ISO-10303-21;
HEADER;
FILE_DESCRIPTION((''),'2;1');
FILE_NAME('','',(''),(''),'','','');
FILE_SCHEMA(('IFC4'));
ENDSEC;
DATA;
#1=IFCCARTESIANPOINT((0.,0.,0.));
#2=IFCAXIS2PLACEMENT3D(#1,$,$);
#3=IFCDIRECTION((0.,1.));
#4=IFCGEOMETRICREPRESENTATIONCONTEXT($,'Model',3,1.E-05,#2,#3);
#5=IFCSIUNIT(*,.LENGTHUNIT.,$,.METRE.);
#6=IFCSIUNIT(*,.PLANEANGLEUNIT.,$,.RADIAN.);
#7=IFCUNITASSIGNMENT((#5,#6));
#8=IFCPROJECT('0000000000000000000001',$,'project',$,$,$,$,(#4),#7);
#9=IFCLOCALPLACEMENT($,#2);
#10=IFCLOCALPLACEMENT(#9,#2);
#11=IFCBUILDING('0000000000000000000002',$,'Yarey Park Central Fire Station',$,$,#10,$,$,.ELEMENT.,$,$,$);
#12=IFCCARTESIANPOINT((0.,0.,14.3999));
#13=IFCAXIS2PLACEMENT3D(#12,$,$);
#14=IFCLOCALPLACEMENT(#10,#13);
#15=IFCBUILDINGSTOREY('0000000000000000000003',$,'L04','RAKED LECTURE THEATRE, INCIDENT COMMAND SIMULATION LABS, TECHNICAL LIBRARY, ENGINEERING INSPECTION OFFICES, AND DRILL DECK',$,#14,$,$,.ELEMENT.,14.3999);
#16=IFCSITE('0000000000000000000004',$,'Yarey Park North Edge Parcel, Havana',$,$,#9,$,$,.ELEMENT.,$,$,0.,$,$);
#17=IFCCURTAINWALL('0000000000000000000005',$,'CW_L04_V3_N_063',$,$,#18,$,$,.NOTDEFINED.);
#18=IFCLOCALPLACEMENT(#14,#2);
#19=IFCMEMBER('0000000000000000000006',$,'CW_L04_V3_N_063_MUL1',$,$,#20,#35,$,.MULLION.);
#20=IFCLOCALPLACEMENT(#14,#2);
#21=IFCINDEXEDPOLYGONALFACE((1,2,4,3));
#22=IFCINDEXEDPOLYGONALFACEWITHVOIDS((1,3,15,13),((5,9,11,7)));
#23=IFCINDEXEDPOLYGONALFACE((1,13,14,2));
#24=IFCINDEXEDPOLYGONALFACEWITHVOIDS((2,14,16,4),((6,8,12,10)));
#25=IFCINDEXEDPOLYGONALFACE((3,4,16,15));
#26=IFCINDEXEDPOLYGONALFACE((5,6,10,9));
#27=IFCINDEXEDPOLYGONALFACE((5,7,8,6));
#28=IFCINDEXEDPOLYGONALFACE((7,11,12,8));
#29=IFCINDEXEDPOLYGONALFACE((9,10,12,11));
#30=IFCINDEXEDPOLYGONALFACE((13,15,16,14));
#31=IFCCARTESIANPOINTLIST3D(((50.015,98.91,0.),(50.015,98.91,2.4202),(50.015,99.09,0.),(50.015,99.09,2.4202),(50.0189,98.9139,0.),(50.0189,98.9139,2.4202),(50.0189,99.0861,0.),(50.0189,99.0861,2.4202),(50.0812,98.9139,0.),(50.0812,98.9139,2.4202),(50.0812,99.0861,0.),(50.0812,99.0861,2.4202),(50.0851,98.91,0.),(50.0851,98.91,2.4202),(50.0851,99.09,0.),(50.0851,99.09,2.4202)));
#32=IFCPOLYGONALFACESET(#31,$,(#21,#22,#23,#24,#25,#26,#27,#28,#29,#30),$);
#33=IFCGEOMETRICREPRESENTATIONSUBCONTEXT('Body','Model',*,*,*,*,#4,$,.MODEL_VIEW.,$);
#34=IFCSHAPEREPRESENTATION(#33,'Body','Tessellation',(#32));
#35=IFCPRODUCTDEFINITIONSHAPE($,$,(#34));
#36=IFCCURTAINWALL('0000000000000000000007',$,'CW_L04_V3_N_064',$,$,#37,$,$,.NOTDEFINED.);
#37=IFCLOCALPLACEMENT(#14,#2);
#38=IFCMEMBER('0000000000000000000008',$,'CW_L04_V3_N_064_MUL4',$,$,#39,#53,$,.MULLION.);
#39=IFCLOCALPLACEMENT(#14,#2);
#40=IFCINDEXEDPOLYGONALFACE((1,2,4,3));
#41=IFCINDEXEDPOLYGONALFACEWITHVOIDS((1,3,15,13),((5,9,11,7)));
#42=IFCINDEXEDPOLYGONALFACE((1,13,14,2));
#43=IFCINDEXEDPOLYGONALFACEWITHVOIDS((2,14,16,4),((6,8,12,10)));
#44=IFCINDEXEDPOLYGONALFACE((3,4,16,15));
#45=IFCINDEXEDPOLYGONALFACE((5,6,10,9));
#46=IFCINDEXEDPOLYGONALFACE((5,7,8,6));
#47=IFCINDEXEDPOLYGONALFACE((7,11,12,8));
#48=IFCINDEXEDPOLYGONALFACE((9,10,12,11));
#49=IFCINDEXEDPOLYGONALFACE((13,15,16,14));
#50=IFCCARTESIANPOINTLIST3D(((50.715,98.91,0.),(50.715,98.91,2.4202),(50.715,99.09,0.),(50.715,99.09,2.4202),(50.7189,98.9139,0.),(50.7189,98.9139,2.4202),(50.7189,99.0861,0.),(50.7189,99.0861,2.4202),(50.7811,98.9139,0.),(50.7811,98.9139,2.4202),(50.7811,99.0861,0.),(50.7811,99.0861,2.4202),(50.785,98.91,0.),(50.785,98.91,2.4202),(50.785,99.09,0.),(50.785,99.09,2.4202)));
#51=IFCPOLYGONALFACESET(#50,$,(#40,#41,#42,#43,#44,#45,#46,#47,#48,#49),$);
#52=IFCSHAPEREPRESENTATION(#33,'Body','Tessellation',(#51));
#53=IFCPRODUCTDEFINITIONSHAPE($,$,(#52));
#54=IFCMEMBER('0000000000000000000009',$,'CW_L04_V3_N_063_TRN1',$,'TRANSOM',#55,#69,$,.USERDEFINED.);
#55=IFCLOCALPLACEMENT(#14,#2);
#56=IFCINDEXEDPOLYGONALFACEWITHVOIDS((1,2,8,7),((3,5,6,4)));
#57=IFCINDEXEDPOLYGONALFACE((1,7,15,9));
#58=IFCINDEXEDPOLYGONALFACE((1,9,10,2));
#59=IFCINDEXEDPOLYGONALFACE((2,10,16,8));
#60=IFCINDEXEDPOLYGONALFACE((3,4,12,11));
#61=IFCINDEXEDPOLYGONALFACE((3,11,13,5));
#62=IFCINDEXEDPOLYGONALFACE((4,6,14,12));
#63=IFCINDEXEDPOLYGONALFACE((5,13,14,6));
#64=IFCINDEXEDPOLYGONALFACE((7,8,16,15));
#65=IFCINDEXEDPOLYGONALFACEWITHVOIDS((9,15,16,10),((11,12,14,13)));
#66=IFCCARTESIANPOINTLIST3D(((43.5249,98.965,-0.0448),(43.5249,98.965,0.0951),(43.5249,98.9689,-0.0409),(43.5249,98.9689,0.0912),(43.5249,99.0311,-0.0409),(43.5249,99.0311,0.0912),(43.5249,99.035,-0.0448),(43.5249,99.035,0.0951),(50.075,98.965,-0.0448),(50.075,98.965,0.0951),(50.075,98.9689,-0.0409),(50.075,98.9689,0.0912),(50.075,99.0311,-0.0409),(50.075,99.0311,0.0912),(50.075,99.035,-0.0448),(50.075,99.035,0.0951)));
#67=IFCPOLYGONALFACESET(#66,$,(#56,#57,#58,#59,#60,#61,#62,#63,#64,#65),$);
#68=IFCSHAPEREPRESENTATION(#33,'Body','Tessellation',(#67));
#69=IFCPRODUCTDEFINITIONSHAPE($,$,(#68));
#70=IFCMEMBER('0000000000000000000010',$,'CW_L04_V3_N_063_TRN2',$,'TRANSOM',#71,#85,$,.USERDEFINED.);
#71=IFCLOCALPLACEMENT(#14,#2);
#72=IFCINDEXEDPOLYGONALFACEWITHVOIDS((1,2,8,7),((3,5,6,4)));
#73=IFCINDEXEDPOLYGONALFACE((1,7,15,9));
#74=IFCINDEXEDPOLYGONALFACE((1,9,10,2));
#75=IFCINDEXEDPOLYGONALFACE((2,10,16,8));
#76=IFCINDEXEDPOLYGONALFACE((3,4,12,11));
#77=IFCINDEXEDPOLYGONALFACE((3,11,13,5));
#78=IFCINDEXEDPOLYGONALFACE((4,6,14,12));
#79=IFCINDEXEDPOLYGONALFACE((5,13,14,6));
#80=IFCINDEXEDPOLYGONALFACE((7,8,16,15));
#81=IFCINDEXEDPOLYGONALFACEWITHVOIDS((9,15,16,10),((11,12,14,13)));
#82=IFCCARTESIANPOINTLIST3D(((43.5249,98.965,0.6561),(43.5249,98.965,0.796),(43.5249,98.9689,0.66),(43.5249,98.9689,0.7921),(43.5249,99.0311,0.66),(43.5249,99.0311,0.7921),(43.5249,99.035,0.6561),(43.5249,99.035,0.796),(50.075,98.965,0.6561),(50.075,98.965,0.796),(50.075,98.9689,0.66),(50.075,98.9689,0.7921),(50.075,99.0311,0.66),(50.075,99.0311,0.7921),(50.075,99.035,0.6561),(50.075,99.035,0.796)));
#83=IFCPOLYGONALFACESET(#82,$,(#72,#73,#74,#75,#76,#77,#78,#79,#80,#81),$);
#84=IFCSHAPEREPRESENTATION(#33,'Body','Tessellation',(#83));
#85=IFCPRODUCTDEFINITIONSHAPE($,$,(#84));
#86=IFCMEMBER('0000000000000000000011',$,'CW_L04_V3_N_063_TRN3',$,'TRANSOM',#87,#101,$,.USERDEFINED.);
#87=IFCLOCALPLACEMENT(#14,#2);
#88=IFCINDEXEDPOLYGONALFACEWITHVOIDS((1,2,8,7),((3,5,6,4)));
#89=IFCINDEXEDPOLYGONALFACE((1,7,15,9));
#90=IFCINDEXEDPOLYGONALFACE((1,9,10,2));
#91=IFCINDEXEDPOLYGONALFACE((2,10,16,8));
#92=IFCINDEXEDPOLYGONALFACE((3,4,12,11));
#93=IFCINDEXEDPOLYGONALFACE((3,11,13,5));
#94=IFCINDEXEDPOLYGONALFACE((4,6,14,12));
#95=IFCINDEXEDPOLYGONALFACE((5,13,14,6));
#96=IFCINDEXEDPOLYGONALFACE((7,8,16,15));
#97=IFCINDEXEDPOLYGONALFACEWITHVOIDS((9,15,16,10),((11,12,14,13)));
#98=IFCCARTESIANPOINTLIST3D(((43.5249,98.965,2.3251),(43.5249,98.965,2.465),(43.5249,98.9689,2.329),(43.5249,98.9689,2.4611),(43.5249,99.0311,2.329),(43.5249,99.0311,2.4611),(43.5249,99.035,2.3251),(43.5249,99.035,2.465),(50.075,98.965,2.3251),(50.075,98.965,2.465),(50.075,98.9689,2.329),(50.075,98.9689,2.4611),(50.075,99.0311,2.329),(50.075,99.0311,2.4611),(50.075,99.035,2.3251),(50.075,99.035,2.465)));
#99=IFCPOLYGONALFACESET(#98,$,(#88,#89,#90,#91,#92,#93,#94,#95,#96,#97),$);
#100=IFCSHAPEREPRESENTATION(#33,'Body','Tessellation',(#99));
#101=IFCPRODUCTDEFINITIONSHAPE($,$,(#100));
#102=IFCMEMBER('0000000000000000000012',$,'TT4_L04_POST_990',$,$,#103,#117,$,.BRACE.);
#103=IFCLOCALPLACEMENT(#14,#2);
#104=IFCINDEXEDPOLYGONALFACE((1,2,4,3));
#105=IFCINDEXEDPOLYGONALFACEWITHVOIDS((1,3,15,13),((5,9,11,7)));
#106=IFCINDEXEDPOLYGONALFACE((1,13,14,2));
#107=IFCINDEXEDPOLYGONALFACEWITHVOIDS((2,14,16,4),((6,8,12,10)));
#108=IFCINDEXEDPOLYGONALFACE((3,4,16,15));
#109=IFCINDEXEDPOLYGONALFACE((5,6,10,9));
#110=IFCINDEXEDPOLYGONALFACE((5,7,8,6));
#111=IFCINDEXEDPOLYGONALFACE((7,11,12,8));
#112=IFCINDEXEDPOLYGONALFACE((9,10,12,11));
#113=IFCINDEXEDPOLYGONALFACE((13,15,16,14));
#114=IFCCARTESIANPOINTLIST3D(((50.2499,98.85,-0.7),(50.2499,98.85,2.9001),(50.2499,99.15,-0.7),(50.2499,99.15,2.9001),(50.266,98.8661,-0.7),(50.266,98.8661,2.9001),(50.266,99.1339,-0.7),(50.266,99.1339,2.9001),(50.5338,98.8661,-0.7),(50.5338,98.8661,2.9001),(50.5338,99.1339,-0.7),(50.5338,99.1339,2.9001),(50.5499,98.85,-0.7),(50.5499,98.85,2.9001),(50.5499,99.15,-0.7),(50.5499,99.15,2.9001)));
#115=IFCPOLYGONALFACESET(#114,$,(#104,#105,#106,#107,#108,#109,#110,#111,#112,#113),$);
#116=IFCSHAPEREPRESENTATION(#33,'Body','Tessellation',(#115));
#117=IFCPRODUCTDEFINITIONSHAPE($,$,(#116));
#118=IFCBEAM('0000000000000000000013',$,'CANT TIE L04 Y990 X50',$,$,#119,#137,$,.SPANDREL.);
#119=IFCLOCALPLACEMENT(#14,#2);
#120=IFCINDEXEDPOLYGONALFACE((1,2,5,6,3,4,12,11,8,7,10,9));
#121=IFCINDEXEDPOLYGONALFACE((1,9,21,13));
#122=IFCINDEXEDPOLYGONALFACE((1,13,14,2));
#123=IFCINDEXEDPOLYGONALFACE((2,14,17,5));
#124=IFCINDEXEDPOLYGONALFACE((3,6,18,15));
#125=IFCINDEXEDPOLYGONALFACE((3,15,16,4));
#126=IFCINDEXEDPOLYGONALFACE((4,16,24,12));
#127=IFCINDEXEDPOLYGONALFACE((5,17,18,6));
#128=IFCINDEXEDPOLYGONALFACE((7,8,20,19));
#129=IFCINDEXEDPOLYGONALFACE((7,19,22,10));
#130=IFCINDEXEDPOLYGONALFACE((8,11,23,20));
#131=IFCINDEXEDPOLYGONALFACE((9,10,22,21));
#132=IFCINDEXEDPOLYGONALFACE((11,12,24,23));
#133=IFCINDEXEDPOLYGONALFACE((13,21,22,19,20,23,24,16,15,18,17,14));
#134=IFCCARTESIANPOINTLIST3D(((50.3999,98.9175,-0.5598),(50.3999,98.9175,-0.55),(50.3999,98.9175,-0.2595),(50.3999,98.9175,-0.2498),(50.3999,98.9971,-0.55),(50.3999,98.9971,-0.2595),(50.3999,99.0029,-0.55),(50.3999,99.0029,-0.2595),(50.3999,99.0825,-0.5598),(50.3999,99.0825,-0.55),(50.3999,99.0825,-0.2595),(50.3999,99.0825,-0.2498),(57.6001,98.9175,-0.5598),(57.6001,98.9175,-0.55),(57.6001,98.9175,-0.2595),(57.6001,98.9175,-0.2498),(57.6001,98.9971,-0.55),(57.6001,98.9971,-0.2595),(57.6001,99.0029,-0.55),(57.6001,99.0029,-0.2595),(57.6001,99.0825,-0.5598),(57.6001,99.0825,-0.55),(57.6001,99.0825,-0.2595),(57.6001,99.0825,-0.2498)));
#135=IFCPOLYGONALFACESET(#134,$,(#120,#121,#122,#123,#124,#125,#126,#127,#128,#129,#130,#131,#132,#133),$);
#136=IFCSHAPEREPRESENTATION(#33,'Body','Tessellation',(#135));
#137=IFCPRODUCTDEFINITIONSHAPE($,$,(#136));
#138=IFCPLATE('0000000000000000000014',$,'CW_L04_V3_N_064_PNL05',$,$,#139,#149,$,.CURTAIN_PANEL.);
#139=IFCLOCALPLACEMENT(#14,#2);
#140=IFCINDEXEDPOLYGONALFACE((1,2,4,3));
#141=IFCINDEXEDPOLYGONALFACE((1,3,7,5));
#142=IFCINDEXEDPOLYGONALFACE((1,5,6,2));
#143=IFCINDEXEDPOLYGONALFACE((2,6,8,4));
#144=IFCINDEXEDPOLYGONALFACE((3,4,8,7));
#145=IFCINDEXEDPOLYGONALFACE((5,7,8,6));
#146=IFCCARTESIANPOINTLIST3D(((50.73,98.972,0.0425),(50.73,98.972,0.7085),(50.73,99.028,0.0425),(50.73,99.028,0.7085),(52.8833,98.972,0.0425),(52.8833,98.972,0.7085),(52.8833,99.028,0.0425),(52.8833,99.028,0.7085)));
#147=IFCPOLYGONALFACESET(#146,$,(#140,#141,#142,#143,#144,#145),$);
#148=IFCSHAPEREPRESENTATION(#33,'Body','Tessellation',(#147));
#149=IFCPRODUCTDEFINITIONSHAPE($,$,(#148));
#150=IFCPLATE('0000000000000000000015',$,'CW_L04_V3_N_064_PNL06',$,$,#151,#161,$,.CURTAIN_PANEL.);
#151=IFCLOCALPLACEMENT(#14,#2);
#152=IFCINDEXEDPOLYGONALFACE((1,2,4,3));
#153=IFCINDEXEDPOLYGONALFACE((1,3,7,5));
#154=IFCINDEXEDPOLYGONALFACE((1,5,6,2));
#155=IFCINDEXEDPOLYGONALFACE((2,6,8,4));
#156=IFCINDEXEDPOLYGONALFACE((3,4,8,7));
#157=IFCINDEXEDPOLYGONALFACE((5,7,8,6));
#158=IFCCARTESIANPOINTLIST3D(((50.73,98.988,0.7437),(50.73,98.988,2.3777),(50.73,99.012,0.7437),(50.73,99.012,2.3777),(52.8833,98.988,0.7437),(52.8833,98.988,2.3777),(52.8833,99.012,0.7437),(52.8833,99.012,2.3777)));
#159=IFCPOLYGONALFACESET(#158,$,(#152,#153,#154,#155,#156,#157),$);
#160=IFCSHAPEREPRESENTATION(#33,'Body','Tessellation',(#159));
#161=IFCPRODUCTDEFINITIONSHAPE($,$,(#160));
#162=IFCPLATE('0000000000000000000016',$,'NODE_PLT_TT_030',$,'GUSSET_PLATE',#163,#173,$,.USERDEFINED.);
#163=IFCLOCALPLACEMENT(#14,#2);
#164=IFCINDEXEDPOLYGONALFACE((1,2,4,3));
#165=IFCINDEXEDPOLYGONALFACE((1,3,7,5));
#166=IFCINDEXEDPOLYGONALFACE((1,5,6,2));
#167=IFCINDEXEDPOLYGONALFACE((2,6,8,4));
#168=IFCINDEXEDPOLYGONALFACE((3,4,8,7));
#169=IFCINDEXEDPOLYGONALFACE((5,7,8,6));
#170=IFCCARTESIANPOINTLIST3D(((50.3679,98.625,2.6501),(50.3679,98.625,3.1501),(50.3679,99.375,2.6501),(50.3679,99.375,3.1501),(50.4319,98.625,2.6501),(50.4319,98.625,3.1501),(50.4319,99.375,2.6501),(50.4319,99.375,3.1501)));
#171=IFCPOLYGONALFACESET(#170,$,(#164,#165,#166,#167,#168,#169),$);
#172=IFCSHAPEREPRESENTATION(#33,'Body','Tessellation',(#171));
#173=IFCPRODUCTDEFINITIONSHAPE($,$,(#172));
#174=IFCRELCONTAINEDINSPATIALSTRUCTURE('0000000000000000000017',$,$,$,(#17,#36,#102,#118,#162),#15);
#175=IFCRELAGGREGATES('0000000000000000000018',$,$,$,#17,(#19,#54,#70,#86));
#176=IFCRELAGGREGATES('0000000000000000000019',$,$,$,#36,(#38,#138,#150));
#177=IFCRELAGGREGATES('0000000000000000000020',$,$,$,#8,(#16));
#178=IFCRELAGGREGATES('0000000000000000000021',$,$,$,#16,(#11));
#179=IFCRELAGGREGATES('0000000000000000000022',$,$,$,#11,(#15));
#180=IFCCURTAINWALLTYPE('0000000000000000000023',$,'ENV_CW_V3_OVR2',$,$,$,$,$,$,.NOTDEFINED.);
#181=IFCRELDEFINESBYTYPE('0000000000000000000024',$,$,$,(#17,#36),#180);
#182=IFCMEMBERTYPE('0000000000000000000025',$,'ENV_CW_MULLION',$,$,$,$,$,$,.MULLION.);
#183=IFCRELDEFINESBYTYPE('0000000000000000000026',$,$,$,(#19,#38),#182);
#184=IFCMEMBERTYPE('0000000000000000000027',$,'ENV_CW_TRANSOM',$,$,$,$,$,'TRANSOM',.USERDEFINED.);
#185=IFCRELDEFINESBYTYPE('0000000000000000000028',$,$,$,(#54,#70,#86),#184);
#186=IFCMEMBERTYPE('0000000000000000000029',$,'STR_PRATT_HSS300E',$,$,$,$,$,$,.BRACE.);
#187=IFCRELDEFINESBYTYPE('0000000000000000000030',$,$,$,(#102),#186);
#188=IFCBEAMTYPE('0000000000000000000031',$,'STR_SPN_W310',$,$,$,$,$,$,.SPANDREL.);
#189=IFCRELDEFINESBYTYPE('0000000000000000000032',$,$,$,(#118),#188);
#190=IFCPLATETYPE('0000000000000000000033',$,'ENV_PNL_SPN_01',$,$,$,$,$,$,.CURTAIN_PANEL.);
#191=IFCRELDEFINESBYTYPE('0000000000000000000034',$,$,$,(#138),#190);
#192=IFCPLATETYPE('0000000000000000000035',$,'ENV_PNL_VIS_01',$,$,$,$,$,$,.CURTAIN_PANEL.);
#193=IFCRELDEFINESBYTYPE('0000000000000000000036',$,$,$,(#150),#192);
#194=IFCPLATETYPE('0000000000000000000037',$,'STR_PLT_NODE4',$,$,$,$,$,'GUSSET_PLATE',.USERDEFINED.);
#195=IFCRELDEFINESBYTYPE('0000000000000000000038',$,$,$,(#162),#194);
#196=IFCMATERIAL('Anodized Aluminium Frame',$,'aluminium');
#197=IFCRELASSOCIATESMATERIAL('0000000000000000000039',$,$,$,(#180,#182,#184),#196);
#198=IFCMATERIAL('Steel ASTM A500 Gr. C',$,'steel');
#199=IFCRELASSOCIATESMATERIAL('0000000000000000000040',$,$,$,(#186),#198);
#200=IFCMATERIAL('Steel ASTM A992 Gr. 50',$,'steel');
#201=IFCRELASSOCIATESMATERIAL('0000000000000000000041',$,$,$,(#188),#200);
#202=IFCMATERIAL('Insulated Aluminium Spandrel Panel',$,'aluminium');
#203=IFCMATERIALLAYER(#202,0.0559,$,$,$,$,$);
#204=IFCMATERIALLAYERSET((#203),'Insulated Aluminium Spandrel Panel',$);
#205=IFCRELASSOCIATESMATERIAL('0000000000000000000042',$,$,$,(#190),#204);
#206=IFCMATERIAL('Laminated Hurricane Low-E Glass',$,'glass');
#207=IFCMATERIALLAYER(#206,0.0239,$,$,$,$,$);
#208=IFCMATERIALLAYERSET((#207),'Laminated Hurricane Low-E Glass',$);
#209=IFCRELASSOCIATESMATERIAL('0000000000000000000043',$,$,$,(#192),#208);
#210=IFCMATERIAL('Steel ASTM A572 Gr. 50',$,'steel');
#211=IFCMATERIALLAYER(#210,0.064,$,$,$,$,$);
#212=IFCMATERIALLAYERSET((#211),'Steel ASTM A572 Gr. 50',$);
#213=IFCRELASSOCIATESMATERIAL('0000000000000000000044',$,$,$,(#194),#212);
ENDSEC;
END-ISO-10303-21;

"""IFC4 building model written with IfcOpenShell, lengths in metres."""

from ifc_helpers import new_model, si_unit, direction, frame, origin, origin_2d, place, context, subcontext, project, spatial, rectangle, hollow_rectangle, i_section, extrude, material, layer, layer_set, material_profile, profile_set, type_object, element, aggregate, save


model = new_model("IFC4")

# Units and contexts
model_context = context("Model", 3, precision=1e-05, world=origin(), true_north=direction((0.0, 1.0)))
body_context = subcontext(model_context, "Body", "Model", "MODEL_VIEW")
ifc_project = project(units=[si_unit("LENGTHUNIT", "METRE"), si_unit("PLANEANGLEUNIT", "RADIAN")], contexts=[model_context])

# Site, building, storey
site_placement = place(None, origin())
site = spatial("IfcSite", under=ifc_project, at=site_placement, Name="Yarey Park North Edge Parcel, Havana", CompositionType="ELEMENT", RefElevation=0.0)
building_placement = place(site_placement, origin())
building = spatial("IfcBuilding", under=site, at=building_placement, Name="Yarey Park Central Fire Station", CompositionType="ELEMENT")
storey_placement = place(building_placement, frame((0.0, 0.0, 14.3999)))
storey = spatial("IfcBuildingStorey", under=building, at=storey_placement, Name="L04", Description="RAKED LECTURE THEATRE, INCIDENT COMMAND SIMULATION LABS, TECHNICAL LIBRARY, ENGINEERING INSPECTION OFFICES, AND DRILL DECK", CompositionType="ELEMENT", Elevation=14.3999)

# Curtain walls, members
ifc_material_1 = material(Name="Anodized Aluminium Frame", Category="aluminium")
curtain_wall_type = type_object("IfcCurtainWallType", Name="ENV_CW_V3_OVR2", PredefinedType="NOTDEFINED", material=ifc_material_1)
curtain_wall_1_placement = place(storey_placement, origin())
curtain_wall_1 = element("IfcCurtainWall", 1, at=curtain_wall_1_placement, inside=storey, type_object=curtain_wall_type, Name="CW_L04_V3_N_063", PredefinedType="NOTDEFINED")
ifc_material_profile_1 = material_profile(ifc_material_1, hollow_rectangle(XDim=0.0701, YDim=0.1799, WallThickness=0.0039, at=origin_2d()), Name="ALU 180x70x4")
ifc_profile_set_1 = profile_set([ifc_material_profile_1], Name="Anodized Aluminium Frame")
member_type_1 = type_object("IfcMemberType", Name="ENV_CW_MULLION", PredefinedType="MULLION", material=ifc_profile_set_1)
member_1_placement = place(storey_placement, frame((50.05, 99.0, 0.0), z_axis=(0.0, 0.0, 1.0), x_axis=(1.0, 0.0, 0.0)))
member_1 = element("IfcMember", 2, at=member_1_placement, type_object=member_type_1, Name="CW_L04_V3_N_063_MUL1", PredefinedType="MULLION", context=body_context, shape_type="SweptSolid", body=[
    extrude(hollow_rectangle(XDim=0.0701, YDim=0.1799, WallThickness=0.0039, at=origin_2d()), origin(), (0.0, 0.0, 1.0), 2.4202),
])
curtain_wall_2_placement = place(storey_placement, origin())
curtain_wall_2 = element("IfcCurtainWall", 3, at=curtain_wall_2_placement, inside=storey, type_object=curtain_wall_type, Name="CW_L04_V3_N_064", PredefinedType="NOTDEFINED")
member_2_placement = place(storey_placement, frame((50.75, 99.0, 0.0), z_axis=(0.0, 0.0, 1.0), x_axis=(1.0, 0.0, 0.0)))
member_2 = element("IfcMember", 4, at=member_2_placement, type_object=member_type_1, Name="CW_L04_V3_N_064_MUL4", PredefinedType="MULLION", context=body_context, shape_type="SweptSolid", body=[
    extrude(hollow_rectangle(XDim=0.0701, YDim=0.1799, WallThickness=0.0039, at=origin_2d()), origin(), (0.0, 0.0, 1.0), 2.4202),
])

# Members
ifc_material_profile_2 = material_profile(ifc_material_1, hollow_rectangle(XDim=0.0701, YDim=0.1399, WallThickness=0.0039, at=origin_2d()), Name="ALU 140x70x4")
ifc_profile_set_2 = profile_set([ifc_material_profile_2], Name="Anodized Aluminium Frame")
member_type_2 = type_object("IfcMemberType", Name="ENV_CW_TRANSOM", ElementType="TRANSOM", PredefinedType="USERDEFINED", material=ifc_profile_set_2)
member_3_placement = place(storey_placement, frame((50.075, 99.0, 0.0251), z_axis=(-1.0, 0.0, 0.0), x_axis=(0.0, -1.0, 0.0)))
member_3 = element("IfcMember", 5, at=member_3_placement, type_object=member_type_2, Name="CW_L04_V3_N_063_TRN1", ObjectType="TRANSOM", PredefinedType="USERDEFINED", context=body_context, shape_type="SweptSolid", body=[
    extrude(hollow_rectangle(XDim=0.0701, YDim=0.1399, WallThickness=0.0039, at=origin_2d()), origin(), (0.0, 0.0, 1.0), 6.55),
])
member_4_placement = place(storey_placement, frame((50.075, 99.0, 0.7261), z_axis=(-1.0, 0.0, 0.0), x_axis=(0.0, -1.0, 0.0)))
member_4 = element("IfcMember", 6, at=member_4_placement, type_object=member_type_2, Name="CW_L04_V3_N_063_TRN2", ObjectType="TRANSOM", PredefinedType="USERDEFINED", context=body_context, shape_type="SweptSolid", body=[
    extrude(hollow_rectangle(XDim=0.0701, YDim=0.1399, WallThickness=0.0039, at=origin_2d()), origin(), (0.0, 0.0, 1.0), 6.55),
])
member_5_placement = place(storey_placement, frame((50.075, 99.0, 2.395), z_axis=(-1.0, 0.0, 0.0), x_axis=(0.0, -1.0, 0.0)))
member_5 = element("IfcMember", 7, at=member_5_placement, type_object=member_type_2, Name="CW_L04_V3_N_063_TRN3", ObjectType="TRANSOM", PredefinedType="USERDEFINED", context=body_context, shape_type="SweptSolid", body=[
    extrude(hollow_rectangle(XDim=0.0701, YDim=0.1399, WallThickness=0.0039, at=origin_2d()), origin(), (0.0, 0.0, 1.0), 6.55),
])
aggregate(curtain_wall_1, [member_1, member_3, member_4, member_5])
ifc_material_2 = material(Name="Steel ASTM A500 Gr. C", Category="steel")
ifc_material_profile_3 = material_profile(ifc_material_2, hollow_rectangle(XDim=0.3, YDim=0.3, WallThickness=0.0161, at=origin_2d()), Name="HSS 300x300x16")
ifc_profile_set_3 = profile_set([ifc_material_profile_3], Name="Steel ASTM A500 Gr. C")
member_type_3 = type_object("IfcMemberType", Name="STR_PRATT_HSS300E", PredefinedType="BRACE", material=ifc_profile_set_3)
member_6_placement = place(storey_placement, frame((50.3999, 99.0, -0.7), z_axis=(0.0, 0.0, 1.0), x_axis=(1.0, 0.0, 0.0)))
element("IfcMember", 8, at=member_6_placement, inside=storey, type_object=member_type_3, Name="TT4_L04_POST_990", PredefinedType="BRACE", context=body_context, shape_type="SweptSolid", body=[
    extrude(hollow_rectangle(XDim=0.3, YDim=0.3, WallThickness=0.0161, at=origin_2d()), origin(), (0.0, 0.0, 1.0), 3.6001),
])

# Beam
ifc_material_3 = material(Name="Steel ASTM A992 Gr. 50", Category="steel")
ifc_material_profile_4 = material_profile(ifc_material_3, i_section(OverallWidth=0.165, OverallDepth=0.3101, WebThickness=0.0059, FlangeThickness=0.0098, at=origin_2d()), Name="W310x39")
ifc_profile_set_4 = profile_set([ifc_material_profile_4], Name="Steel ASTM A992 Gr. 50")
beam_type = type_object("IfcBeamType", Name="STR_SPN_W310", PredefinedType="SPANDREL", material=ifc_profile_set_4)
beam_placement = place(storey_placement, frame((50.3999, 99.0, -0.4048), z_axis=(1.0, 0.0, 0.0), x_axis=(0.0, 1.0, 0.0)))
element("IfcBeam", 9, at=beam_placement, inside=storey, type_object=beam_type, Name="CANT TIE L04 Y990 X50", PredefinedType="SPANDREL", context=body_context, shape_type="SweptSolid", body=[
    extrude(i_section(OverallWidth=0.165, OverallDepth=0.3101, WebThickness=0.0059, FlangeThickness=0.0098, at=origin_2d()), origin(), (0.0, 0.0, 1.0), 7.2002),
])

# Plates
ifc_material_4 = material(Name="Insulated Aluminium Spandrel Panel", Category="aluminium")
ifc_layer_1 = layer(ifc_material_4, 0.0559)
ifc_layer_set_1 = layer_set([ifc_layer_1], Name="Insulated Aluminium Spandrel Panel")
plate_type_1 = type_object("IfcPlateType", Name="ENV_PNL_SPN_01", PredefinedType="CURTAIN_PANEL", material=ifc_layer_set_1)
plate_1_placement = place(storey_placement, frame((51.8066, 99.0, 0.0425), z_axis=(0.0, 0.0, 1.0), x_axis=(-1.0, 0.0, 0.0)))
plate_1 = element("IfcPlate", 10, at=plate_1_placement, type_object=plate_type_1, Name="CW_L04_V3_N_064_PNL05", PredefinedType="CURTAIN_PANEL", context=body_context, shape_type="SweptSolid", body=[
    extrude(rectangle(XDim=2.1533, YDim=0.0559, at=origin_2d()), origin(), (0.0, 0.0, 1.0), 0.666),
])
ifc_material_5 = material(Name="Laminated Hurricane Low-E Glass", Category="glass")
ifc_layer_2 = layer(ifc_material_5, 0.0239)
ifc_layer_set_2 = layer_set([ifc_layer_2], Name="Laminated Hurricane Low-E Glass")
plate_type_2 = type_object("IfcPlateType", Name="ENV_PNL_VIS_01", PredefinedType="CURTAIN_PANEL", material=ifc_layer_set_2)
plate_2_placement = place(storey_placement, frame((51.8066, 99.0, 0.7437), z_axis=(0.0, 0.0, 1.0), x_axis=(-1.0, 0.0, 0.0)))
plate_2 = element("IfcPlate", 11, at=plate_2_placement, type_object=plate_type_2, Name="CW_L04_V3_N_064_PNL06", PredefinedType="CURTAIN_PANEL", context=body_context, shape_type="SweptSolid", body=[
    extrude(rectangle(XDim=2.1533, YDim=0.0239, at=origin_2d()), origin(), (0.0, 0.0, 1.0), 1.634),
])
aggregate(curtain_wall_2, [member_2, plate_1, plate_2])
ifc_material_6 = material(Name="Steel ASTM A572 Gr. 50", Category="steel")
ifc_layer_3 = layer(ifc_material_6, 0.064)
ifc_layer_set_3 = layer_set([ifc_layer_3], Name="Steel ASTM A572 Gr. 50")
plate_type_3 = type_object("IfcPlateType", Name="STR_PLT_NODE4", ElementType="GUSSET_PLATE", PredefinedType="USERDEFINED", material=ifc_layer_set_3)
plate_3_placement = place(storey_placement, frame((50.3999, 99.0, 2.6501), z_axis=(0.0, 0.0, 1.0), x_axis=(1.0, 0.0, 0.0)))
element("IfcPlate", 12, at=plate_3_placement, inside=storey, type_object=plate_type_3, Name="NODE_PLT_TT_030", ObjectType="GUSSET_PLATE", PredefinedType="USERDEFINED", context=body_context, shape_type="SweptSolid", body=[
    extrude(rectangle(XDim=0.064, YDim=0.75, at=origin_2d()), origin(), (0.0, 0.0, 1.0), 0.5),
])

save(model, "model.ifc")
